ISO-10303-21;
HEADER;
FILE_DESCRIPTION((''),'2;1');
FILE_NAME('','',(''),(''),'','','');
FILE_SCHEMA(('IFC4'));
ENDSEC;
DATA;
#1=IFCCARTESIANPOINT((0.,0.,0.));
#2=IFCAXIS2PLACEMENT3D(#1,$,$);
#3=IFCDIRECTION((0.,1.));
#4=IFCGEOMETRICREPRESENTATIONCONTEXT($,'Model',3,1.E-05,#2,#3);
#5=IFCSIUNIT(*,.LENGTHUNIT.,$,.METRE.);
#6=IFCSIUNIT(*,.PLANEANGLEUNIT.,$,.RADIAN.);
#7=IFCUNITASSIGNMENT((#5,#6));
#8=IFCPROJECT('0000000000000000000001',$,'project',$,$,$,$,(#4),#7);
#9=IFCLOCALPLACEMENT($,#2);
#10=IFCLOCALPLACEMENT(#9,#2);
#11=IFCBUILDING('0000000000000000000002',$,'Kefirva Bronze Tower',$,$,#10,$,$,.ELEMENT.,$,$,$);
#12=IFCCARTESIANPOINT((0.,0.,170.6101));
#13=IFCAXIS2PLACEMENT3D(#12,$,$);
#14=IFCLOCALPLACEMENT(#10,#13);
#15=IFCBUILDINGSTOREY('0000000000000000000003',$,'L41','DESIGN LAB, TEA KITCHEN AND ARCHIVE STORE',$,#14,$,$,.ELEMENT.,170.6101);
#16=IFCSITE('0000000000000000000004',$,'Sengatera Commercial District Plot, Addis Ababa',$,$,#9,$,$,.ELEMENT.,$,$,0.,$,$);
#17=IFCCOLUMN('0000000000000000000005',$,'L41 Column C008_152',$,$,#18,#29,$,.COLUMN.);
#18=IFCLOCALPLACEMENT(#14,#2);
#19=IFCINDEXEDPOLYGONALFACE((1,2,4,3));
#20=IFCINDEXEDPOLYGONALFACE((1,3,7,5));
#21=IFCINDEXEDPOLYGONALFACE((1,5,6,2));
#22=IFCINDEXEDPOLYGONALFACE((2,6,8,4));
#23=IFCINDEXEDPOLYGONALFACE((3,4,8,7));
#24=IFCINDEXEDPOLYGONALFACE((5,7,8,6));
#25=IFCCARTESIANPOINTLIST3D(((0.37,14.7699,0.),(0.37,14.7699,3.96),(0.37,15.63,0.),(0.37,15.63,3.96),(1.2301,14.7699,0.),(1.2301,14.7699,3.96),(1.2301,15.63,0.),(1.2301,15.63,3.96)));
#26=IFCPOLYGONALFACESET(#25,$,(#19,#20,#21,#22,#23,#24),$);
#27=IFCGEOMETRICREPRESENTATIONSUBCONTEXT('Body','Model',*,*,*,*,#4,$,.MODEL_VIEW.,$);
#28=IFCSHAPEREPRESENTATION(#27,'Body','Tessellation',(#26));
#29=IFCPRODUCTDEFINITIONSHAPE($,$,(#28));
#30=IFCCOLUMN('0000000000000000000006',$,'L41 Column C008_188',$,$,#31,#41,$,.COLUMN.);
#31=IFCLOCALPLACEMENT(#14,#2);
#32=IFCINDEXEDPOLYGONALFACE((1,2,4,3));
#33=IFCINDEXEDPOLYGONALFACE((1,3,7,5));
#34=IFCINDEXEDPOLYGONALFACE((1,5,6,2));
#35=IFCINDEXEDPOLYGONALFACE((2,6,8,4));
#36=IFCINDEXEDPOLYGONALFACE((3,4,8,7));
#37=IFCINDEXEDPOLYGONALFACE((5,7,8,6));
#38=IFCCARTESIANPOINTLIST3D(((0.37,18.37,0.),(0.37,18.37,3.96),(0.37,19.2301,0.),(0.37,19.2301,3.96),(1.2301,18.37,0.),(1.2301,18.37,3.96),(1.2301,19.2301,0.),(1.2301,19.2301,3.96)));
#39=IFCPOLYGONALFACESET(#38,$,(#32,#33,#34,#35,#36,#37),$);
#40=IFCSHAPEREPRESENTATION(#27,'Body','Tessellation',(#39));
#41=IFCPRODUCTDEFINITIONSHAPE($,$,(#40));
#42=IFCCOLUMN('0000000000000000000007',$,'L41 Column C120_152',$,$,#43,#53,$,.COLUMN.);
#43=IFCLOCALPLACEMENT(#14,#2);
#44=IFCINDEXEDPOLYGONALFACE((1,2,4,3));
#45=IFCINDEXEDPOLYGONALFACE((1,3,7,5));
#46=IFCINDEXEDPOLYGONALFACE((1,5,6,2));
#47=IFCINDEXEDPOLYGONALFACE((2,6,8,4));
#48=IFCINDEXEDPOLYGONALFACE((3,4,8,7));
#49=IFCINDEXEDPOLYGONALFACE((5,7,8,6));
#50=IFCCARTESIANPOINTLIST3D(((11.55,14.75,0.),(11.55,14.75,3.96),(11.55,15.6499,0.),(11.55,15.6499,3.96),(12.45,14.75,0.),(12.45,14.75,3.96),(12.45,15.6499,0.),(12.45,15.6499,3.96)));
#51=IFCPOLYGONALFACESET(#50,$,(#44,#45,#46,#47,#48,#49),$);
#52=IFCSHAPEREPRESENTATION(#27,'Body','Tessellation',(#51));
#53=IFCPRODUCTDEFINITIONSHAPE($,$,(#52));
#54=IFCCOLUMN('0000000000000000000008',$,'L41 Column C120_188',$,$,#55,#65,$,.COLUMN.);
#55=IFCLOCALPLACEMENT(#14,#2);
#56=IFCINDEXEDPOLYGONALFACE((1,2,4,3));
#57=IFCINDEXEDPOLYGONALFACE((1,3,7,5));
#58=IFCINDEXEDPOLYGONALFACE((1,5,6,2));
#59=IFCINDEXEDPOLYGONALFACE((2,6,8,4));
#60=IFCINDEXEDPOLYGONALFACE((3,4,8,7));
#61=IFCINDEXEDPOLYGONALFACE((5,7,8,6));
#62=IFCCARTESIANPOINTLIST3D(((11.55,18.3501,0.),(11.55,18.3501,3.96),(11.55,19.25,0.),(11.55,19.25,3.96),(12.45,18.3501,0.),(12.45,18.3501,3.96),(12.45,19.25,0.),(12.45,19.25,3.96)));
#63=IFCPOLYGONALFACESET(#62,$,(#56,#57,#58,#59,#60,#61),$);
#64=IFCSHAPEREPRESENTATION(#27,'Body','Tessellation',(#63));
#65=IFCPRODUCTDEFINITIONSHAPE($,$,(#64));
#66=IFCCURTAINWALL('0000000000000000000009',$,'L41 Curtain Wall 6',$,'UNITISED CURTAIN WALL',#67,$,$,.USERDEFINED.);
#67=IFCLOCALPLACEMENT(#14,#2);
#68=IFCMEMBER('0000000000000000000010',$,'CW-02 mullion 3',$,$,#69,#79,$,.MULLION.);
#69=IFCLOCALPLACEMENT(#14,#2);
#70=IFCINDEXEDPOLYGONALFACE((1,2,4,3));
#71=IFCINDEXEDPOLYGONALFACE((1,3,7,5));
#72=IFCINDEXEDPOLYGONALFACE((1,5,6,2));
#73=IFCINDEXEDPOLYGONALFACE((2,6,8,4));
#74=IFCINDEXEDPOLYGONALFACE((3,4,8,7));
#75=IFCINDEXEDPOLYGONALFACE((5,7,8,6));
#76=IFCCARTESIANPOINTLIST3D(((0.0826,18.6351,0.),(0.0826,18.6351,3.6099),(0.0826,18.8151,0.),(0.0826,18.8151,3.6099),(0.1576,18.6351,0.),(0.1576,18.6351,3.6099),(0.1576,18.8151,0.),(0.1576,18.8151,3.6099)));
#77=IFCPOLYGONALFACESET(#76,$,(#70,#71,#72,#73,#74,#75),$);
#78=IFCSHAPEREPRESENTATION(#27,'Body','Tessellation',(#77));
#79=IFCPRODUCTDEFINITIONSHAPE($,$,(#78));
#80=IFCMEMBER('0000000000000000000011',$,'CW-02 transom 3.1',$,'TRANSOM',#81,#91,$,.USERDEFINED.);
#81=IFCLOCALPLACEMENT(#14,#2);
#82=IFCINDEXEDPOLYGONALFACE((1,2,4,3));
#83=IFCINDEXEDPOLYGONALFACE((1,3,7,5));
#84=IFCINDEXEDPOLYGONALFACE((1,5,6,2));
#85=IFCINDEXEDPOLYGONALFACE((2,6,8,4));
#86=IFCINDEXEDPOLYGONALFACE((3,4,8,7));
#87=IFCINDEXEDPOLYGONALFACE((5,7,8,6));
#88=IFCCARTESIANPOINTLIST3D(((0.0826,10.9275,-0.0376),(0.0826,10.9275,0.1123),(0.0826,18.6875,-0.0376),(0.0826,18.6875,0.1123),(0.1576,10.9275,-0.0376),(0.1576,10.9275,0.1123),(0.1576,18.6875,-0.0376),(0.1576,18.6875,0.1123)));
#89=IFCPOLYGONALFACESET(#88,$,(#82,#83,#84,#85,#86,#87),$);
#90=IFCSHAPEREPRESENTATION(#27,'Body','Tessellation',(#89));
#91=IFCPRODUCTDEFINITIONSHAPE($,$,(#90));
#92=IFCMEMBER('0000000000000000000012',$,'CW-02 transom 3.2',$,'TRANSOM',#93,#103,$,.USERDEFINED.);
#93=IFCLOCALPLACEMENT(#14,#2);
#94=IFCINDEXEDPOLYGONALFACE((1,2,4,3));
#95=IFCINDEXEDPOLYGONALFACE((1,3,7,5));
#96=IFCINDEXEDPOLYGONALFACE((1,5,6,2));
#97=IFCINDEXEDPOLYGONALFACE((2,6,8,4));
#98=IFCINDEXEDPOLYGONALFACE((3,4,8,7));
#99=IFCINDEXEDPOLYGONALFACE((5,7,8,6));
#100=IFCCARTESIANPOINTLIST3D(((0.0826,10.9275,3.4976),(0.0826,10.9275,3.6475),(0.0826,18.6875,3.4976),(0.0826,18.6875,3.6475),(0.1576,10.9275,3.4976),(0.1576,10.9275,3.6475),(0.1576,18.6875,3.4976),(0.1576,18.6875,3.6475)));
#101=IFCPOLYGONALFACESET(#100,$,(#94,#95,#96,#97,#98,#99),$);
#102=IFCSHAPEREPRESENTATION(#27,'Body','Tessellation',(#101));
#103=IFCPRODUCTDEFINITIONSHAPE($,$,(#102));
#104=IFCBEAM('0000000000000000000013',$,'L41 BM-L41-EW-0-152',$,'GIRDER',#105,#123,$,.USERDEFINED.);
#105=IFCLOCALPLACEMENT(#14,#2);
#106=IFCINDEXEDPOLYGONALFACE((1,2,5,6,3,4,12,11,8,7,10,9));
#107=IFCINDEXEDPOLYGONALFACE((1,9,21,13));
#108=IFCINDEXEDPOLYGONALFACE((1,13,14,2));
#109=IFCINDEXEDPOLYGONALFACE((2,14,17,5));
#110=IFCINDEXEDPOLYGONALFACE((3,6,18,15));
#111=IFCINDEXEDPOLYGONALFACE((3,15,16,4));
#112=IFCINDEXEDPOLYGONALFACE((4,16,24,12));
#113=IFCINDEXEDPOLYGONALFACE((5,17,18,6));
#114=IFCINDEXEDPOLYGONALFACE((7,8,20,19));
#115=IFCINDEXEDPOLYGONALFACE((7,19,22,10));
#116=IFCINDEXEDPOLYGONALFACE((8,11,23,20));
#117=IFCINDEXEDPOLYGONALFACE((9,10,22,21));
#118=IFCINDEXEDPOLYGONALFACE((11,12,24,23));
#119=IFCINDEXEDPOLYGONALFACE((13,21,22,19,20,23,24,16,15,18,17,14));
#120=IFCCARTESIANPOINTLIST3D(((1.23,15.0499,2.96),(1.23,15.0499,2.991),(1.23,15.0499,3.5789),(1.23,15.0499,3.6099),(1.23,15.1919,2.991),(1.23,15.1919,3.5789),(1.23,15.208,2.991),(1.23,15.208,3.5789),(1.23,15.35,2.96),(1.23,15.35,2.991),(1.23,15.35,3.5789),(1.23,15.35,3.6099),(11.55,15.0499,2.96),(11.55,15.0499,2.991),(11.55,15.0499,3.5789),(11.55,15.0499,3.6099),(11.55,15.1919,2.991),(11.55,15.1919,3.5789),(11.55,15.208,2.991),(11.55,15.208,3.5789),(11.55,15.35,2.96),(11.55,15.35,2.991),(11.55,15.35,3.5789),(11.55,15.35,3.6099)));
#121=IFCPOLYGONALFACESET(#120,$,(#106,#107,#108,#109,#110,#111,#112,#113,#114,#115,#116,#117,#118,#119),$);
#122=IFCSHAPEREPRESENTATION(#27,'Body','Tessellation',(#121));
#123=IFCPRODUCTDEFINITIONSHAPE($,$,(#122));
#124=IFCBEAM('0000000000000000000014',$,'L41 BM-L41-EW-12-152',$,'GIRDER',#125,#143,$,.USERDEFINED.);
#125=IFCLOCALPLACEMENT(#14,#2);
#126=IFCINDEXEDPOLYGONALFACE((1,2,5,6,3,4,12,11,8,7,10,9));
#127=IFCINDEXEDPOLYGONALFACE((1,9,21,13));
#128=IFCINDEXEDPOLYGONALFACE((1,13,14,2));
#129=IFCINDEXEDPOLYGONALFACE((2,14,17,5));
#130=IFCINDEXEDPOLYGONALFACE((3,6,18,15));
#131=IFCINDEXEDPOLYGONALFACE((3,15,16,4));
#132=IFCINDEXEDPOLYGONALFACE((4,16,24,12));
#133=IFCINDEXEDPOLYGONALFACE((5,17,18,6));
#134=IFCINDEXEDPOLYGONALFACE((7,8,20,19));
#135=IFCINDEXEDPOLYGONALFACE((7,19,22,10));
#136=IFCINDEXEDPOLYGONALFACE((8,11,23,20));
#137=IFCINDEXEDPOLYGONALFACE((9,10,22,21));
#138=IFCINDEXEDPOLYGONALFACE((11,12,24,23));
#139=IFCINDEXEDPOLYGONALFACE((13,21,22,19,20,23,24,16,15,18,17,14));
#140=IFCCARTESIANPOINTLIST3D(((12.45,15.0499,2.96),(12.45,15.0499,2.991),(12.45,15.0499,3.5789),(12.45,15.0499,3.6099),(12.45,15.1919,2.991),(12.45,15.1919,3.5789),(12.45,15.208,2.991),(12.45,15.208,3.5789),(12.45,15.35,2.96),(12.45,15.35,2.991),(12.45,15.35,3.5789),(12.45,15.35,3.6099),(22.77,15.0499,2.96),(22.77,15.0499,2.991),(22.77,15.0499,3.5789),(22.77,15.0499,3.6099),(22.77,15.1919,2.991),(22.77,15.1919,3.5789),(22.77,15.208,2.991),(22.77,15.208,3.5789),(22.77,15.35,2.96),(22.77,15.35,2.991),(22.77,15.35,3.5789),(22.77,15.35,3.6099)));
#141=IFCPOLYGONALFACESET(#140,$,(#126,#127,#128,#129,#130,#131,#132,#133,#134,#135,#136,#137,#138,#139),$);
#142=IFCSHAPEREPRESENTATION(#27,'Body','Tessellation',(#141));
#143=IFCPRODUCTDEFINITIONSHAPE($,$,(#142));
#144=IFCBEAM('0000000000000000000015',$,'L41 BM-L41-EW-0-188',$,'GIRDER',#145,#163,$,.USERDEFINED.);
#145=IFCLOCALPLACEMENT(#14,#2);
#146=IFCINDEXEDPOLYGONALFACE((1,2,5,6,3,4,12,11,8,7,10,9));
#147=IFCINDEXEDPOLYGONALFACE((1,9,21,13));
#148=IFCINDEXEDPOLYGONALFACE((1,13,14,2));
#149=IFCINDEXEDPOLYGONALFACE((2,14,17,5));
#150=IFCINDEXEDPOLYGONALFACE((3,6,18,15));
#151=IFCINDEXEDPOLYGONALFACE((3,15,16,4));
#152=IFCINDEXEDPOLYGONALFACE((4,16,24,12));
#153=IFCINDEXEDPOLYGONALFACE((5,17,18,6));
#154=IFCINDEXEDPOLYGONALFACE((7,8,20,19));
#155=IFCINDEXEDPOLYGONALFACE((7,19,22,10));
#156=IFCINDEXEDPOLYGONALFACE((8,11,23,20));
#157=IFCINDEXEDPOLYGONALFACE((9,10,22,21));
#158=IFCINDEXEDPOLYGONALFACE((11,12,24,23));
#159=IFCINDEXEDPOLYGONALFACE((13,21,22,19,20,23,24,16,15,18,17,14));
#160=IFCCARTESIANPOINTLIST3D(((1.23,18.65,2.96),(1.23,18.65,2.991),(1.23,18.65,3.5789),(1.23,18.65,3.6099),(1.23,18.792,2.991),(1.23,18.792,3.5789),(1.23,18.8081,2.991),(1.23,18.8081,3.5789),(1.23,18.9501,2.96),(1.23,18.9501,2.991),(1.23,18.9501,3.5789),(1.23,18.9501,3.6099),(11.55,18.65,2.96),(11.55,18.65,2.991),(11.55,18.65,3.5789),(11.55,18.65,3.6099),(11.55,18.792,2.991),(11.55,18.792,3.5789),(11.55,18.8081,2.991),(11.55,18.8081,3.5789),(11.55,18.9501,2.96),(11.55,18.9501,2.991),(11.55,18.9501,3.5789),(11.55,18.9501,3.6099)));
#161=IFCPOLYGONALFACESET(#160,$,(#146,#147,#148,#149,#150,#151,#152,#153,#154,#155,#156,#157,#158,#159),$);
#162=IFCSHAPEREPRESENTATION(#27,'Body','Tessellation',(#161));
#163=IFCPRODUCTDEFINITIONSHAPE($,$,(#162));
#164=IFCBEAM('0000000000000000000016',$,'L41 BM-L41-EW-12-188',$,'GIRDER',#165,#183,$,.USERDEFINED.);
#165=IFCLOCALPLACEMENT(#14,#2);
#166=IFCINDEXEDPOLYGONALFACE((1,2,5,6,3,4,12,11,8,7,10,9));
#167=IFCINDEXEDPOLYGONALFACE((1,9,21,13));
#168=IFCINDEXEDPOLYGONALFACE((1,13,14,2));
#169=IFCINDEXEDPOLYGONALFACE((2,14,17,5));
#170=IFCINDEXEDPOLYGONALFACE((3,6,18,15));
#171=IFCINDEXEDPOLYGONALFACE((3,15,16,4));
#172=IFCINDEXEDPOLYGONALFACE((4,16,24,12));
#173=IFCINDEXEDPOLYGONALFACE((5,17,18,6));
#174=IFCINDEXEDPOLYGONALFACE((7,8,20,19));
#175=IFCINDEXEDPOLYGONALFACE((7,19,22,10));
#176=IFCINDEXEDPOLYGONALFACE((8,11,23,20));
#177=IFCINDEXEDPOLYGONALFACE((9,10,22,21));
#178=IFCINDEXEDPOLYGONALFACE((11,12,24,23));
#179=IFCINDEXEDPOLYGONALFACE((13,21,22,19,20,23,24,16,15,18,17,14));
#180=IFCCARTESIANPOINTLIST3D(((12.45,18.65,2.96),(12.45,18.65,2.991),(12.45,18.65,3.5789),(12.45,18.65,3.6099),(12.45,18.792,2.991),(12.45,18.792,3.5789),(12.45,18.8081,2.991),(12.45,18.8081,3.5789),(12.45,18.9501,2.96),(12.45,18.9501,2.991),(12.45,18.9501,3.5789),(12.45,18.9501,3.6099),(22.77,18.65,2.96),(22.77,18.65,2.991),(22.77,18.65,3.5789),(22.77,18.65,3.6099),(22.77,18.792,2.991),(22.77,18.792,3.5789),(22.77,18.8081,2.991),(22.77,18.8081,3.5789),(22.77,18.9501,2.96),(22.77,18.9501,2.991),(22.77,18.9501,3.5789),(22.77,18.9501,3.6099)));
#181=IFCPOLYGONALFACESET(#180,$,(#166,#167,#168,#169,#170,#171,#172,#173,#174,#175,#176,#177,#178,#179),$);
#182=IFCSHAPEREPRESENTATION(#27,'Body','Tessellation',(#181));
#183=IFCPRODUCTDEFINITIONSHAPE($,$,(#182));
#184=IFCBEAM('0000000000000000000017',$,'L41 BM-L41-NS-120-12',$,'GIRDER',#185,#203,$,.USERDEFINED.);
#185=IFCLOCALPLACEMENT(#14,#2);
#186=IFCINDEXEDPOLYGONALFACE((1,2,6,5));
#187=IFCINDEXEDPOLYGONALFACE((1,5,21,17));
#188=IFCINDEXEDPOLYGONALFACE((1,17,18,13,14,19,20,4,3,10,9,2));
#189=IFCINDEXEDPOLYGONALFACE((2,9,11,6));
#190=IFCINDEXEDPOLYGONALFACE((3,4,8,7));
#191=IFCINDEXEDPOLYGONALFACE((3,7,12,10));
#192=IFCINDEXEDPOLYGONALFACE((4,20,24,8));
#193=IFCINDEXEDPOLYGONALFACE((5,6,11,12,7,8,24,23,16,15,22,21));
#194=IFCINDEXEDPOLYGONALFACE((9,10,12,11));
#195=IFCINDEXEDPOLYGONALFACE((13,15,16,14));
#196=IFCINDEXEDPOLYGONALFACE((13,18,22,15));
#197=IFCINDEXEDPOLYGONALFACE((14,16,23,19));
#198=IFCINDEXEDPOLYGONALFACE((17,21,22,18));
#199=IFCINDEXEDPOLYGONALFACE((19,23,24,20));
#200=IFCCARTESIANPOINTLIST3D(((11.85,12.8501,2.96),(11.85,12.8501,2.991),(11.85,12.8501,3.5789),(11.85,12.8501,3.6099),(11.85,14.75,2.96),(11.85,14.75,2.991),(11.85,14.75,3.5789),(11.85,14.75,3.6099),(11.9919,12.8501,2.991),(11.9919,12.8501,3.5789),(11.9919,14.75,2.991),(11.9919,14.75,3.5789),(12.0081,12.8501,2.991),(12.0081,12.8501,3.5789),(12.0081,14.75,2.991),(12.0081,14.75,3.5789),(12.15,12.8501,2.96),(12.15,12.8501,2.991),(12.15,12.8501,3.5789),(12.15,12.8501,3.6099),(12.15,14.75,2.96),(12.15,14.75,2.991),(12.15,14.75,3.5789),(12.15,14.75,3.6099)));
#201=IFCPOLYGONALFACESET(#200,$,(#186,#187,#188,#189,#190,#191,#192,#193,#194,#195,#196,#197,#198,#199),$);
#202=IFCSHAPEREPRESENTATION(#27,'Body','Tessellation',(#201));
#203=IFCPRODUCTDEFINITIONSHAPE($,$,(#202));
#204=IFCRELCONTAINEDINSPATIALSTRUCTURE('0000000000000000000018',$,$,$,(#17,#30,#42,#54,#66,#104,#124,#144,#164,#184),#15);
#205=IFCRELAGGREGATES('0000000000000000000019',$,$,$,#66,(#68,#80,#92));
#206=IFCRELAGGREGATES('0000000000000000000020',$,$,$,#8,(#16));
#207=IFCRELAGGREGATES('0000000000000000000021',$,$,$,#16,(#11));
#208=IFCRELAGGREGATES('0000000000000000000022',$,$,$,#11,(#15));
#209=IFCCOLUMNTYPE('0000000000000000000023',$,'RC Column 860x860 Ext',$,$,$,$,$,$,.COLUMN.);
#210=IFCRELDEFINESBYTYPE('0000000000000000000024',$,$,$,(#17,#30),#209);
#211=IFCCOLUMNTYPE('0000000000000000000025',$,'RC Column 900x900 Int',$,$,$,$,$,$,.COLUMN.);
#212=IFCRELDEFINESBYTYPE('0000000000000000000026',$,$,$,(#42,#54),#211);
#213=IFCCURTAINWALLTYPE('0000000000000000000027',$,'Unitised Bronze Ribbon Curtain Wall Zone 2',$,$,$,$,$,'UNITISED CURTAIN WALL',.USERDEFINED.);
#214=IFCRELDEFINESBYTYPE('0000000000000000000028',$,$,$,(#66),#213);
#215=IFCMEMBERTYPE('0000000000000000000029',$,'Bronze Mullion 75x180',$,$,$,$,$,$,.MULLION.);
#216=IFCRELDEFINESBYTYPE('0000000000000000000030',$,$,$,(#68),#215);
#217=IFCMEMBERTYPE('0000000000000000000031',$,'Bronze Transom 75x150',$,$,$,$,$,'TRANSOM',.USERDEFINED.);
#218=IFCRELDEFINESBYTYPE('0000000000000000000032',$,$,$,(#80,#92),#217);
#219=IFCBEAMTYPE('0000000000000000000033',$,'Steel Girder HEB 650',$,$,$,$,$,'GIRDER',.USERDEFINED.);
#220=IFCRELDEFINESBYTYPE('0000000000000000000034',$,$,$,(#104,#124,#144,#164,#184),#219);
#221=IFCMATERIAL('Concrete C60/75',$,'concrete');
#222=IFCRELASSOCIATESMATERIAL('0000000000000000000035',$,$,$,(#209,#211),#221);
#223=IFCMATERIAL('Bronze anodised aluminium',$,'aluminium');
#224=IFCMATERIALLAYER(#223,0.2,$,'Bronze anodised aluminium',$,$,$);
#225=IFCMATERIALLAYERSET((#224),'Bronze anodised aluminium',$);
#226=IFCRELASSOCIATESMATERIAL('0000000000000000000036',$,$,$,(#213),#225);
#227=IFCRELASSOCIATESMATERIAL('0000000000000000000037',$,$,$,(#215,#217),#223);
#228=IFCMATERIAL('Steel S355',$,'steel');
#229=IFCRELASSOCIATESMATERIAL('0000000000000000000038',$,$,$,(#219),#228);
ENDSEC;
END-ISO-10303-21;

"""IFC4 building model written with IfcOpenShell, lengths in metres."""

from ifc_helpers import new_model, si_unit, direction, frame, origin, origin_2d, place, context, subcontext, project, spatial, rectangle, i_section, extrude, material, layer, layer_set, material_profile, profile_set, type_object, element, aggregate, save


model = new_model("IFC4")

# Units and contexts
model_context = context("Model", 3, precision=1e-05, world=origin(), true_north=direction((0.0, 1.0)))
body_context = subcontext(model_context, "Body", "Model", "MODEL_VIEW")
ifc_project = project(units=[si_unit("LENGTHUNIT", "METRE"), si_unit("PLANEANGLEUNIT", "RADIAN")], contexts=[model_context])

# Site, building, storey
site_placement = place(None, origin())
site = spatial("IfcSite", under=ifc_project, at=site_placement, Name="Sengatera Commercial District Plot, Addis Ababa", CompositionType="ELEMENT", RefElevation=0.0)
building_placement = place(site_placement, origin())
building = spatial("IfcBuilding", under=site, at=building_placement, Name="Kefirva Bronze Tower", CompositionType="ELEMENT")
storey_placement = place(building_placement, frame((0.0, 0.0, 170.6101)))
storey = spatial("IfcBuildingStorey", under=building, at=storey_placement, Name="L41", Description="DESIGN LAB, TEA KITCHEN AND ARCHIVE STORE", CompositionType="ELEMENT", Elevation=170.6101)

# Columns
ifc_material_1 = material(Name="Concrete C60/75", Category="concrete")
ifc_material_profile_1 = material_profile(ifc_material_1, rectangle(XDim=0.8601, YDim=0.8601, at=origin_2d()), Name="RC 860x860")
ifc_profile_set_1 = profile_set([ifc_material_profile_1], Name="Concrete C60/75")
column_type_1 = type_object("IfcColumnType", Name="RC Column 860x860 Ext", PredefinedType="COLUMN", material=ifc_profile_set_1)
for number, where, z_axis, x_axis, name in (
    (1, (0.8, 15.2, 0.0), (0.0, 0.0, 1.0), (1.0, 0.0, 0.0), "L41 Column C008_152"),
    (2, (0.8, 18.8, 0.0), (0.0, 0.0, 1.0), (1.0, 0.0, 0.0), "L41 Column C008_188"),
):
    element("IfcColumn", number, at=place(storey_placement, frame(where, z_axis=z_axis, x_axis=x_axis)), inside=storey, type_object=column_type_1, Name=name, PredefinedType="COLUMN", context=body_context, shape_type="SweptSolid", body=[
        extrude(rectangle(XDim=0.8601, YDim=0.8601, at=origin_2d()), origin(), (0.0, 0.0, 1.0), 3.96),
    ])
ifc_material_profile_2 = material_profile(ifc_material_1, rectangle(XDim=0.8999, YDim=0.8999, at=origin_2d()), Name="RC 900x900")
ifc_profile_set_2 = profile_set([ifc_material_profile_2], Name="Concrete C60/75")
column_type_2 = type_object("IfcColumnType", Name="RC Column 900x900 Int", PredefinedType="COLUMN", material=ifc_profile_set_2)
for number, where, z_axis, x_axis, name in (
    (3, (12.0, 15.2, 0.0), (0.0, 0.0, 1.0), (1.0, 0.0, 0.0), "L41 Column C120_152"),
    (4, (12.0, 18.8, 0.0), (0.0, 0.0, 1.0), (1.0, 0.0, 0.0), "L41 Column C120_188"),
):
    element("IfcColumn", number, at=place(storey_placement, frame(where, z_axis=z_axis, x_axis=x_axis)), inside=storey, type_object=column_type_2, Name=name, PredefinedType="COLUMN", context=body_context, shape_type="SweptSolid", body=[
        extrude(rectangle(XDim=0.8999, YDim=0.8999, at=origin_2d()), origin(), (0.0, 0.0, 1.0), 3.96),
    ])

# Curtain wall, members
ifc_material_2 = material(Name="Bronze anodised aluminium", Category="aluminium")
ifc_layer_1 = layer(ifc_material_2, 0.2, Name="Bronze anodised aluminium")
ifc_layer_set_1 = layer_set([ifc_layer_1], Name="Bronze anodised aluminium")
curtain_wall_type = type_object("IfcCurtainWallType", Name="Unitised Bronze Ribbon Curtain Wall Zone 2", ElementType="UNITISED CURTAIN WALL", PredefinedType="USERDEFINED", material=ifc_layer_set_1)
curtain_wall_placement = place(storey_placement, origin())
curtain_wall = element("IfcCurtainWall", 5, at=curtain_wall_placement, inside=storey, type_object=curtain_wall_type, Name="L41 Curtain Wall 6", ObjectType="UNITISED CURTAIN WALL", PredefinedType="USERDEFINED")
ifc_material_profile_3 = material_profile(ifc_material_2, rectangle(XDim=0.075, YDim=0.1799, at=origin_2d()), Name="ALU 75x180")
ifc_profile_set_3 = profile_set([ifc_material_profile_3], Name="Bronze anodised aluminium")
member_type_1 = type_object("IfcMemberType", Name="Bronze Mullion 75x180", PredefinedType="MULLION", material=ifc_profile_set_3)
member_1_placement = place(storey_placement, frame((0.1201, 18.7251, 0.0), z_axis=(0.0, 0.0, 1.0), x_axis=(1.0, 0.0, 0.0)))
member_1 = element("IfcMember", 6, at=member_1_placement, type_object=member_type_1, Name="CW-02 mullion 3", PredefinedType="MULLION", context=body_context, shape_type="SweptSolid", body=[
    extrude(rectangle(XDim=0.075, YDim=0.1799, at=origin_2d()), origin(), (0.0, 0.0, 1.0), 3.6099),
])
ifc_material_profile_4 = material_profile(ifc_material_2, rectangle(XDim=0.075, YDim=0.1499, at=origin_2d()), Name="ALU 75x150")
ifc_profile_set_4 = profile_set([ifc_material_profile_4], Name="Bronze anodised aluminium")
member_type_2 = type_object("IfcMemberType", Name="Bronze Transom 75x150", ElementType="TRANSOM", PredefinedType="USERDEFINED", material=ifc_profile_set_4)
member_2_placement = place(storey_placement, frame((0.1201, 18.6875, 0.0374), z_axis=(0.0, -1.0, 0.0), x_axis=(1.0, 0.0, 0.0)))
member_2 = element("IfcMember", 7, at=member_2_placement, type_object=member_type_2, Name="CW-02 transom 3.1", ObjectType="TRANSOM", PredefinedType="USERDEFINED", context=body_context, shape_type="SweptSolid", body=[
    extrude(rectangle(XDim=0.075, YDim=0.1499, at=origin_2d()), origin(), (0.0, 0.0, 1.0), 7.76),
])
member_3_placement = place(storey_placement, frame((0.1201, 18.6875, 3.5725), z_axis=(0.0, -1.0, 0.0), x_axis=(1.0, 0.0, 0.0)))
member_3 = element("IfcMember", 8, at=member_3_placement, type_object=member_type_2, Name="CW-02 transom 3.2", ObjectType="TRANSOM", PredefinedType="USERDEFINED", context=body_context, shape_type="SweptSolid", body=[
    extrude(rectangle(XDim=0.075, YDim=0.1499, at=origin_2d()), origin(), (0.0, 0.0, 1.0), 7.76),
])

# Beams
ifc_material_3 = material(Name="Steel S355", Category="steel")
ifc_material_profile_5 = material_profile(ifc_material_3, i_section(OverallWidth=0.3, OverallDepth=0.6499, WebThickness=0.0161, FlangeThickness=0.031, at=origin_2d()), Name="HEB 650")
ifc_profile_set_5 = profile_set([ifc_material_profile_5], Name="Steel S355")
beam_type_1 = type_object("IfcBeamType", Name="Steel Girder HEB 650", ElementType="GIRDER", PredefinedType="USERDEFINED", material=ifc_profile_set_5)
for number, where, z_axis, x_axis, name in (
    (9, (1.23, 15.2, 3.2849), (1.0, 0.0, 0.0), (0.0, 1.0, 0.0), "L41 BM-L41-EW-0-152"),
    (10, (12.45, 15.2, 3.2849), (1.0, 0.0, 0.0), (0.0, 1.0, 0.0), "L41 BM-L41-EW-12-152"),
    (11, (1.23, 18.8, 3.2849), (1.0, 0.0, 0.0), (0.0, 1.0, 0.0), "L41 BM-L41-EW-0-188"),
    (12, (12.45, 18.8, 3.2849), (1.0, 0.0, 0.0), (0.0, 1.0, 0.0), "L41 BM-L41-EW-12-188"),
):
    element("IfcBeam", number, at=place(storey_placement, frame(where, z_axis=z_axis, x_axis=x_axis)), inside=storey, type_object=beam_type_1, Name=name, ObjectType="GIRDER", PredefinedType="USERDEFINED", context=body_context, shape_type="SweptSolid", body=[
        extrude(i_section(OverallWidth=0.3, OverallDepth=0.6499, WebThickness=0.0161, FlangeThickness=0.031, at=origin_2d()), origin(), (0.0, 0.0, 1.0), 10.3201),
    ])
beam_1_placement = place(storey_placement, frame((12.0, 12.8501, 3.2849), z_axis=(0.0, 1.0, 0.0), x_axis=(-1.0, 0.0, 0.0)))
element("IfcBeam", 13, at=beam_1_placement, inside=storey, type_object=beam_type_1, Name="L41 BM-L41-NS-120-12", ObjectType="GIRDER", PredefinedType="USERDEFINED", context=body_context, shape_type="SweptSolid", body=[
    extrude(i_section(OverallWidth=0.3, OverallDepth=0.6499, WebThickness=0.0161, FlangeThickness=0.031, at=origin_2d()), origin(), (0.0, 0.0, 1.0), 1.8999),
])

aggregate(curtain_wall, [member_1, member_2, member_3])

save(model, "model.ifc")
